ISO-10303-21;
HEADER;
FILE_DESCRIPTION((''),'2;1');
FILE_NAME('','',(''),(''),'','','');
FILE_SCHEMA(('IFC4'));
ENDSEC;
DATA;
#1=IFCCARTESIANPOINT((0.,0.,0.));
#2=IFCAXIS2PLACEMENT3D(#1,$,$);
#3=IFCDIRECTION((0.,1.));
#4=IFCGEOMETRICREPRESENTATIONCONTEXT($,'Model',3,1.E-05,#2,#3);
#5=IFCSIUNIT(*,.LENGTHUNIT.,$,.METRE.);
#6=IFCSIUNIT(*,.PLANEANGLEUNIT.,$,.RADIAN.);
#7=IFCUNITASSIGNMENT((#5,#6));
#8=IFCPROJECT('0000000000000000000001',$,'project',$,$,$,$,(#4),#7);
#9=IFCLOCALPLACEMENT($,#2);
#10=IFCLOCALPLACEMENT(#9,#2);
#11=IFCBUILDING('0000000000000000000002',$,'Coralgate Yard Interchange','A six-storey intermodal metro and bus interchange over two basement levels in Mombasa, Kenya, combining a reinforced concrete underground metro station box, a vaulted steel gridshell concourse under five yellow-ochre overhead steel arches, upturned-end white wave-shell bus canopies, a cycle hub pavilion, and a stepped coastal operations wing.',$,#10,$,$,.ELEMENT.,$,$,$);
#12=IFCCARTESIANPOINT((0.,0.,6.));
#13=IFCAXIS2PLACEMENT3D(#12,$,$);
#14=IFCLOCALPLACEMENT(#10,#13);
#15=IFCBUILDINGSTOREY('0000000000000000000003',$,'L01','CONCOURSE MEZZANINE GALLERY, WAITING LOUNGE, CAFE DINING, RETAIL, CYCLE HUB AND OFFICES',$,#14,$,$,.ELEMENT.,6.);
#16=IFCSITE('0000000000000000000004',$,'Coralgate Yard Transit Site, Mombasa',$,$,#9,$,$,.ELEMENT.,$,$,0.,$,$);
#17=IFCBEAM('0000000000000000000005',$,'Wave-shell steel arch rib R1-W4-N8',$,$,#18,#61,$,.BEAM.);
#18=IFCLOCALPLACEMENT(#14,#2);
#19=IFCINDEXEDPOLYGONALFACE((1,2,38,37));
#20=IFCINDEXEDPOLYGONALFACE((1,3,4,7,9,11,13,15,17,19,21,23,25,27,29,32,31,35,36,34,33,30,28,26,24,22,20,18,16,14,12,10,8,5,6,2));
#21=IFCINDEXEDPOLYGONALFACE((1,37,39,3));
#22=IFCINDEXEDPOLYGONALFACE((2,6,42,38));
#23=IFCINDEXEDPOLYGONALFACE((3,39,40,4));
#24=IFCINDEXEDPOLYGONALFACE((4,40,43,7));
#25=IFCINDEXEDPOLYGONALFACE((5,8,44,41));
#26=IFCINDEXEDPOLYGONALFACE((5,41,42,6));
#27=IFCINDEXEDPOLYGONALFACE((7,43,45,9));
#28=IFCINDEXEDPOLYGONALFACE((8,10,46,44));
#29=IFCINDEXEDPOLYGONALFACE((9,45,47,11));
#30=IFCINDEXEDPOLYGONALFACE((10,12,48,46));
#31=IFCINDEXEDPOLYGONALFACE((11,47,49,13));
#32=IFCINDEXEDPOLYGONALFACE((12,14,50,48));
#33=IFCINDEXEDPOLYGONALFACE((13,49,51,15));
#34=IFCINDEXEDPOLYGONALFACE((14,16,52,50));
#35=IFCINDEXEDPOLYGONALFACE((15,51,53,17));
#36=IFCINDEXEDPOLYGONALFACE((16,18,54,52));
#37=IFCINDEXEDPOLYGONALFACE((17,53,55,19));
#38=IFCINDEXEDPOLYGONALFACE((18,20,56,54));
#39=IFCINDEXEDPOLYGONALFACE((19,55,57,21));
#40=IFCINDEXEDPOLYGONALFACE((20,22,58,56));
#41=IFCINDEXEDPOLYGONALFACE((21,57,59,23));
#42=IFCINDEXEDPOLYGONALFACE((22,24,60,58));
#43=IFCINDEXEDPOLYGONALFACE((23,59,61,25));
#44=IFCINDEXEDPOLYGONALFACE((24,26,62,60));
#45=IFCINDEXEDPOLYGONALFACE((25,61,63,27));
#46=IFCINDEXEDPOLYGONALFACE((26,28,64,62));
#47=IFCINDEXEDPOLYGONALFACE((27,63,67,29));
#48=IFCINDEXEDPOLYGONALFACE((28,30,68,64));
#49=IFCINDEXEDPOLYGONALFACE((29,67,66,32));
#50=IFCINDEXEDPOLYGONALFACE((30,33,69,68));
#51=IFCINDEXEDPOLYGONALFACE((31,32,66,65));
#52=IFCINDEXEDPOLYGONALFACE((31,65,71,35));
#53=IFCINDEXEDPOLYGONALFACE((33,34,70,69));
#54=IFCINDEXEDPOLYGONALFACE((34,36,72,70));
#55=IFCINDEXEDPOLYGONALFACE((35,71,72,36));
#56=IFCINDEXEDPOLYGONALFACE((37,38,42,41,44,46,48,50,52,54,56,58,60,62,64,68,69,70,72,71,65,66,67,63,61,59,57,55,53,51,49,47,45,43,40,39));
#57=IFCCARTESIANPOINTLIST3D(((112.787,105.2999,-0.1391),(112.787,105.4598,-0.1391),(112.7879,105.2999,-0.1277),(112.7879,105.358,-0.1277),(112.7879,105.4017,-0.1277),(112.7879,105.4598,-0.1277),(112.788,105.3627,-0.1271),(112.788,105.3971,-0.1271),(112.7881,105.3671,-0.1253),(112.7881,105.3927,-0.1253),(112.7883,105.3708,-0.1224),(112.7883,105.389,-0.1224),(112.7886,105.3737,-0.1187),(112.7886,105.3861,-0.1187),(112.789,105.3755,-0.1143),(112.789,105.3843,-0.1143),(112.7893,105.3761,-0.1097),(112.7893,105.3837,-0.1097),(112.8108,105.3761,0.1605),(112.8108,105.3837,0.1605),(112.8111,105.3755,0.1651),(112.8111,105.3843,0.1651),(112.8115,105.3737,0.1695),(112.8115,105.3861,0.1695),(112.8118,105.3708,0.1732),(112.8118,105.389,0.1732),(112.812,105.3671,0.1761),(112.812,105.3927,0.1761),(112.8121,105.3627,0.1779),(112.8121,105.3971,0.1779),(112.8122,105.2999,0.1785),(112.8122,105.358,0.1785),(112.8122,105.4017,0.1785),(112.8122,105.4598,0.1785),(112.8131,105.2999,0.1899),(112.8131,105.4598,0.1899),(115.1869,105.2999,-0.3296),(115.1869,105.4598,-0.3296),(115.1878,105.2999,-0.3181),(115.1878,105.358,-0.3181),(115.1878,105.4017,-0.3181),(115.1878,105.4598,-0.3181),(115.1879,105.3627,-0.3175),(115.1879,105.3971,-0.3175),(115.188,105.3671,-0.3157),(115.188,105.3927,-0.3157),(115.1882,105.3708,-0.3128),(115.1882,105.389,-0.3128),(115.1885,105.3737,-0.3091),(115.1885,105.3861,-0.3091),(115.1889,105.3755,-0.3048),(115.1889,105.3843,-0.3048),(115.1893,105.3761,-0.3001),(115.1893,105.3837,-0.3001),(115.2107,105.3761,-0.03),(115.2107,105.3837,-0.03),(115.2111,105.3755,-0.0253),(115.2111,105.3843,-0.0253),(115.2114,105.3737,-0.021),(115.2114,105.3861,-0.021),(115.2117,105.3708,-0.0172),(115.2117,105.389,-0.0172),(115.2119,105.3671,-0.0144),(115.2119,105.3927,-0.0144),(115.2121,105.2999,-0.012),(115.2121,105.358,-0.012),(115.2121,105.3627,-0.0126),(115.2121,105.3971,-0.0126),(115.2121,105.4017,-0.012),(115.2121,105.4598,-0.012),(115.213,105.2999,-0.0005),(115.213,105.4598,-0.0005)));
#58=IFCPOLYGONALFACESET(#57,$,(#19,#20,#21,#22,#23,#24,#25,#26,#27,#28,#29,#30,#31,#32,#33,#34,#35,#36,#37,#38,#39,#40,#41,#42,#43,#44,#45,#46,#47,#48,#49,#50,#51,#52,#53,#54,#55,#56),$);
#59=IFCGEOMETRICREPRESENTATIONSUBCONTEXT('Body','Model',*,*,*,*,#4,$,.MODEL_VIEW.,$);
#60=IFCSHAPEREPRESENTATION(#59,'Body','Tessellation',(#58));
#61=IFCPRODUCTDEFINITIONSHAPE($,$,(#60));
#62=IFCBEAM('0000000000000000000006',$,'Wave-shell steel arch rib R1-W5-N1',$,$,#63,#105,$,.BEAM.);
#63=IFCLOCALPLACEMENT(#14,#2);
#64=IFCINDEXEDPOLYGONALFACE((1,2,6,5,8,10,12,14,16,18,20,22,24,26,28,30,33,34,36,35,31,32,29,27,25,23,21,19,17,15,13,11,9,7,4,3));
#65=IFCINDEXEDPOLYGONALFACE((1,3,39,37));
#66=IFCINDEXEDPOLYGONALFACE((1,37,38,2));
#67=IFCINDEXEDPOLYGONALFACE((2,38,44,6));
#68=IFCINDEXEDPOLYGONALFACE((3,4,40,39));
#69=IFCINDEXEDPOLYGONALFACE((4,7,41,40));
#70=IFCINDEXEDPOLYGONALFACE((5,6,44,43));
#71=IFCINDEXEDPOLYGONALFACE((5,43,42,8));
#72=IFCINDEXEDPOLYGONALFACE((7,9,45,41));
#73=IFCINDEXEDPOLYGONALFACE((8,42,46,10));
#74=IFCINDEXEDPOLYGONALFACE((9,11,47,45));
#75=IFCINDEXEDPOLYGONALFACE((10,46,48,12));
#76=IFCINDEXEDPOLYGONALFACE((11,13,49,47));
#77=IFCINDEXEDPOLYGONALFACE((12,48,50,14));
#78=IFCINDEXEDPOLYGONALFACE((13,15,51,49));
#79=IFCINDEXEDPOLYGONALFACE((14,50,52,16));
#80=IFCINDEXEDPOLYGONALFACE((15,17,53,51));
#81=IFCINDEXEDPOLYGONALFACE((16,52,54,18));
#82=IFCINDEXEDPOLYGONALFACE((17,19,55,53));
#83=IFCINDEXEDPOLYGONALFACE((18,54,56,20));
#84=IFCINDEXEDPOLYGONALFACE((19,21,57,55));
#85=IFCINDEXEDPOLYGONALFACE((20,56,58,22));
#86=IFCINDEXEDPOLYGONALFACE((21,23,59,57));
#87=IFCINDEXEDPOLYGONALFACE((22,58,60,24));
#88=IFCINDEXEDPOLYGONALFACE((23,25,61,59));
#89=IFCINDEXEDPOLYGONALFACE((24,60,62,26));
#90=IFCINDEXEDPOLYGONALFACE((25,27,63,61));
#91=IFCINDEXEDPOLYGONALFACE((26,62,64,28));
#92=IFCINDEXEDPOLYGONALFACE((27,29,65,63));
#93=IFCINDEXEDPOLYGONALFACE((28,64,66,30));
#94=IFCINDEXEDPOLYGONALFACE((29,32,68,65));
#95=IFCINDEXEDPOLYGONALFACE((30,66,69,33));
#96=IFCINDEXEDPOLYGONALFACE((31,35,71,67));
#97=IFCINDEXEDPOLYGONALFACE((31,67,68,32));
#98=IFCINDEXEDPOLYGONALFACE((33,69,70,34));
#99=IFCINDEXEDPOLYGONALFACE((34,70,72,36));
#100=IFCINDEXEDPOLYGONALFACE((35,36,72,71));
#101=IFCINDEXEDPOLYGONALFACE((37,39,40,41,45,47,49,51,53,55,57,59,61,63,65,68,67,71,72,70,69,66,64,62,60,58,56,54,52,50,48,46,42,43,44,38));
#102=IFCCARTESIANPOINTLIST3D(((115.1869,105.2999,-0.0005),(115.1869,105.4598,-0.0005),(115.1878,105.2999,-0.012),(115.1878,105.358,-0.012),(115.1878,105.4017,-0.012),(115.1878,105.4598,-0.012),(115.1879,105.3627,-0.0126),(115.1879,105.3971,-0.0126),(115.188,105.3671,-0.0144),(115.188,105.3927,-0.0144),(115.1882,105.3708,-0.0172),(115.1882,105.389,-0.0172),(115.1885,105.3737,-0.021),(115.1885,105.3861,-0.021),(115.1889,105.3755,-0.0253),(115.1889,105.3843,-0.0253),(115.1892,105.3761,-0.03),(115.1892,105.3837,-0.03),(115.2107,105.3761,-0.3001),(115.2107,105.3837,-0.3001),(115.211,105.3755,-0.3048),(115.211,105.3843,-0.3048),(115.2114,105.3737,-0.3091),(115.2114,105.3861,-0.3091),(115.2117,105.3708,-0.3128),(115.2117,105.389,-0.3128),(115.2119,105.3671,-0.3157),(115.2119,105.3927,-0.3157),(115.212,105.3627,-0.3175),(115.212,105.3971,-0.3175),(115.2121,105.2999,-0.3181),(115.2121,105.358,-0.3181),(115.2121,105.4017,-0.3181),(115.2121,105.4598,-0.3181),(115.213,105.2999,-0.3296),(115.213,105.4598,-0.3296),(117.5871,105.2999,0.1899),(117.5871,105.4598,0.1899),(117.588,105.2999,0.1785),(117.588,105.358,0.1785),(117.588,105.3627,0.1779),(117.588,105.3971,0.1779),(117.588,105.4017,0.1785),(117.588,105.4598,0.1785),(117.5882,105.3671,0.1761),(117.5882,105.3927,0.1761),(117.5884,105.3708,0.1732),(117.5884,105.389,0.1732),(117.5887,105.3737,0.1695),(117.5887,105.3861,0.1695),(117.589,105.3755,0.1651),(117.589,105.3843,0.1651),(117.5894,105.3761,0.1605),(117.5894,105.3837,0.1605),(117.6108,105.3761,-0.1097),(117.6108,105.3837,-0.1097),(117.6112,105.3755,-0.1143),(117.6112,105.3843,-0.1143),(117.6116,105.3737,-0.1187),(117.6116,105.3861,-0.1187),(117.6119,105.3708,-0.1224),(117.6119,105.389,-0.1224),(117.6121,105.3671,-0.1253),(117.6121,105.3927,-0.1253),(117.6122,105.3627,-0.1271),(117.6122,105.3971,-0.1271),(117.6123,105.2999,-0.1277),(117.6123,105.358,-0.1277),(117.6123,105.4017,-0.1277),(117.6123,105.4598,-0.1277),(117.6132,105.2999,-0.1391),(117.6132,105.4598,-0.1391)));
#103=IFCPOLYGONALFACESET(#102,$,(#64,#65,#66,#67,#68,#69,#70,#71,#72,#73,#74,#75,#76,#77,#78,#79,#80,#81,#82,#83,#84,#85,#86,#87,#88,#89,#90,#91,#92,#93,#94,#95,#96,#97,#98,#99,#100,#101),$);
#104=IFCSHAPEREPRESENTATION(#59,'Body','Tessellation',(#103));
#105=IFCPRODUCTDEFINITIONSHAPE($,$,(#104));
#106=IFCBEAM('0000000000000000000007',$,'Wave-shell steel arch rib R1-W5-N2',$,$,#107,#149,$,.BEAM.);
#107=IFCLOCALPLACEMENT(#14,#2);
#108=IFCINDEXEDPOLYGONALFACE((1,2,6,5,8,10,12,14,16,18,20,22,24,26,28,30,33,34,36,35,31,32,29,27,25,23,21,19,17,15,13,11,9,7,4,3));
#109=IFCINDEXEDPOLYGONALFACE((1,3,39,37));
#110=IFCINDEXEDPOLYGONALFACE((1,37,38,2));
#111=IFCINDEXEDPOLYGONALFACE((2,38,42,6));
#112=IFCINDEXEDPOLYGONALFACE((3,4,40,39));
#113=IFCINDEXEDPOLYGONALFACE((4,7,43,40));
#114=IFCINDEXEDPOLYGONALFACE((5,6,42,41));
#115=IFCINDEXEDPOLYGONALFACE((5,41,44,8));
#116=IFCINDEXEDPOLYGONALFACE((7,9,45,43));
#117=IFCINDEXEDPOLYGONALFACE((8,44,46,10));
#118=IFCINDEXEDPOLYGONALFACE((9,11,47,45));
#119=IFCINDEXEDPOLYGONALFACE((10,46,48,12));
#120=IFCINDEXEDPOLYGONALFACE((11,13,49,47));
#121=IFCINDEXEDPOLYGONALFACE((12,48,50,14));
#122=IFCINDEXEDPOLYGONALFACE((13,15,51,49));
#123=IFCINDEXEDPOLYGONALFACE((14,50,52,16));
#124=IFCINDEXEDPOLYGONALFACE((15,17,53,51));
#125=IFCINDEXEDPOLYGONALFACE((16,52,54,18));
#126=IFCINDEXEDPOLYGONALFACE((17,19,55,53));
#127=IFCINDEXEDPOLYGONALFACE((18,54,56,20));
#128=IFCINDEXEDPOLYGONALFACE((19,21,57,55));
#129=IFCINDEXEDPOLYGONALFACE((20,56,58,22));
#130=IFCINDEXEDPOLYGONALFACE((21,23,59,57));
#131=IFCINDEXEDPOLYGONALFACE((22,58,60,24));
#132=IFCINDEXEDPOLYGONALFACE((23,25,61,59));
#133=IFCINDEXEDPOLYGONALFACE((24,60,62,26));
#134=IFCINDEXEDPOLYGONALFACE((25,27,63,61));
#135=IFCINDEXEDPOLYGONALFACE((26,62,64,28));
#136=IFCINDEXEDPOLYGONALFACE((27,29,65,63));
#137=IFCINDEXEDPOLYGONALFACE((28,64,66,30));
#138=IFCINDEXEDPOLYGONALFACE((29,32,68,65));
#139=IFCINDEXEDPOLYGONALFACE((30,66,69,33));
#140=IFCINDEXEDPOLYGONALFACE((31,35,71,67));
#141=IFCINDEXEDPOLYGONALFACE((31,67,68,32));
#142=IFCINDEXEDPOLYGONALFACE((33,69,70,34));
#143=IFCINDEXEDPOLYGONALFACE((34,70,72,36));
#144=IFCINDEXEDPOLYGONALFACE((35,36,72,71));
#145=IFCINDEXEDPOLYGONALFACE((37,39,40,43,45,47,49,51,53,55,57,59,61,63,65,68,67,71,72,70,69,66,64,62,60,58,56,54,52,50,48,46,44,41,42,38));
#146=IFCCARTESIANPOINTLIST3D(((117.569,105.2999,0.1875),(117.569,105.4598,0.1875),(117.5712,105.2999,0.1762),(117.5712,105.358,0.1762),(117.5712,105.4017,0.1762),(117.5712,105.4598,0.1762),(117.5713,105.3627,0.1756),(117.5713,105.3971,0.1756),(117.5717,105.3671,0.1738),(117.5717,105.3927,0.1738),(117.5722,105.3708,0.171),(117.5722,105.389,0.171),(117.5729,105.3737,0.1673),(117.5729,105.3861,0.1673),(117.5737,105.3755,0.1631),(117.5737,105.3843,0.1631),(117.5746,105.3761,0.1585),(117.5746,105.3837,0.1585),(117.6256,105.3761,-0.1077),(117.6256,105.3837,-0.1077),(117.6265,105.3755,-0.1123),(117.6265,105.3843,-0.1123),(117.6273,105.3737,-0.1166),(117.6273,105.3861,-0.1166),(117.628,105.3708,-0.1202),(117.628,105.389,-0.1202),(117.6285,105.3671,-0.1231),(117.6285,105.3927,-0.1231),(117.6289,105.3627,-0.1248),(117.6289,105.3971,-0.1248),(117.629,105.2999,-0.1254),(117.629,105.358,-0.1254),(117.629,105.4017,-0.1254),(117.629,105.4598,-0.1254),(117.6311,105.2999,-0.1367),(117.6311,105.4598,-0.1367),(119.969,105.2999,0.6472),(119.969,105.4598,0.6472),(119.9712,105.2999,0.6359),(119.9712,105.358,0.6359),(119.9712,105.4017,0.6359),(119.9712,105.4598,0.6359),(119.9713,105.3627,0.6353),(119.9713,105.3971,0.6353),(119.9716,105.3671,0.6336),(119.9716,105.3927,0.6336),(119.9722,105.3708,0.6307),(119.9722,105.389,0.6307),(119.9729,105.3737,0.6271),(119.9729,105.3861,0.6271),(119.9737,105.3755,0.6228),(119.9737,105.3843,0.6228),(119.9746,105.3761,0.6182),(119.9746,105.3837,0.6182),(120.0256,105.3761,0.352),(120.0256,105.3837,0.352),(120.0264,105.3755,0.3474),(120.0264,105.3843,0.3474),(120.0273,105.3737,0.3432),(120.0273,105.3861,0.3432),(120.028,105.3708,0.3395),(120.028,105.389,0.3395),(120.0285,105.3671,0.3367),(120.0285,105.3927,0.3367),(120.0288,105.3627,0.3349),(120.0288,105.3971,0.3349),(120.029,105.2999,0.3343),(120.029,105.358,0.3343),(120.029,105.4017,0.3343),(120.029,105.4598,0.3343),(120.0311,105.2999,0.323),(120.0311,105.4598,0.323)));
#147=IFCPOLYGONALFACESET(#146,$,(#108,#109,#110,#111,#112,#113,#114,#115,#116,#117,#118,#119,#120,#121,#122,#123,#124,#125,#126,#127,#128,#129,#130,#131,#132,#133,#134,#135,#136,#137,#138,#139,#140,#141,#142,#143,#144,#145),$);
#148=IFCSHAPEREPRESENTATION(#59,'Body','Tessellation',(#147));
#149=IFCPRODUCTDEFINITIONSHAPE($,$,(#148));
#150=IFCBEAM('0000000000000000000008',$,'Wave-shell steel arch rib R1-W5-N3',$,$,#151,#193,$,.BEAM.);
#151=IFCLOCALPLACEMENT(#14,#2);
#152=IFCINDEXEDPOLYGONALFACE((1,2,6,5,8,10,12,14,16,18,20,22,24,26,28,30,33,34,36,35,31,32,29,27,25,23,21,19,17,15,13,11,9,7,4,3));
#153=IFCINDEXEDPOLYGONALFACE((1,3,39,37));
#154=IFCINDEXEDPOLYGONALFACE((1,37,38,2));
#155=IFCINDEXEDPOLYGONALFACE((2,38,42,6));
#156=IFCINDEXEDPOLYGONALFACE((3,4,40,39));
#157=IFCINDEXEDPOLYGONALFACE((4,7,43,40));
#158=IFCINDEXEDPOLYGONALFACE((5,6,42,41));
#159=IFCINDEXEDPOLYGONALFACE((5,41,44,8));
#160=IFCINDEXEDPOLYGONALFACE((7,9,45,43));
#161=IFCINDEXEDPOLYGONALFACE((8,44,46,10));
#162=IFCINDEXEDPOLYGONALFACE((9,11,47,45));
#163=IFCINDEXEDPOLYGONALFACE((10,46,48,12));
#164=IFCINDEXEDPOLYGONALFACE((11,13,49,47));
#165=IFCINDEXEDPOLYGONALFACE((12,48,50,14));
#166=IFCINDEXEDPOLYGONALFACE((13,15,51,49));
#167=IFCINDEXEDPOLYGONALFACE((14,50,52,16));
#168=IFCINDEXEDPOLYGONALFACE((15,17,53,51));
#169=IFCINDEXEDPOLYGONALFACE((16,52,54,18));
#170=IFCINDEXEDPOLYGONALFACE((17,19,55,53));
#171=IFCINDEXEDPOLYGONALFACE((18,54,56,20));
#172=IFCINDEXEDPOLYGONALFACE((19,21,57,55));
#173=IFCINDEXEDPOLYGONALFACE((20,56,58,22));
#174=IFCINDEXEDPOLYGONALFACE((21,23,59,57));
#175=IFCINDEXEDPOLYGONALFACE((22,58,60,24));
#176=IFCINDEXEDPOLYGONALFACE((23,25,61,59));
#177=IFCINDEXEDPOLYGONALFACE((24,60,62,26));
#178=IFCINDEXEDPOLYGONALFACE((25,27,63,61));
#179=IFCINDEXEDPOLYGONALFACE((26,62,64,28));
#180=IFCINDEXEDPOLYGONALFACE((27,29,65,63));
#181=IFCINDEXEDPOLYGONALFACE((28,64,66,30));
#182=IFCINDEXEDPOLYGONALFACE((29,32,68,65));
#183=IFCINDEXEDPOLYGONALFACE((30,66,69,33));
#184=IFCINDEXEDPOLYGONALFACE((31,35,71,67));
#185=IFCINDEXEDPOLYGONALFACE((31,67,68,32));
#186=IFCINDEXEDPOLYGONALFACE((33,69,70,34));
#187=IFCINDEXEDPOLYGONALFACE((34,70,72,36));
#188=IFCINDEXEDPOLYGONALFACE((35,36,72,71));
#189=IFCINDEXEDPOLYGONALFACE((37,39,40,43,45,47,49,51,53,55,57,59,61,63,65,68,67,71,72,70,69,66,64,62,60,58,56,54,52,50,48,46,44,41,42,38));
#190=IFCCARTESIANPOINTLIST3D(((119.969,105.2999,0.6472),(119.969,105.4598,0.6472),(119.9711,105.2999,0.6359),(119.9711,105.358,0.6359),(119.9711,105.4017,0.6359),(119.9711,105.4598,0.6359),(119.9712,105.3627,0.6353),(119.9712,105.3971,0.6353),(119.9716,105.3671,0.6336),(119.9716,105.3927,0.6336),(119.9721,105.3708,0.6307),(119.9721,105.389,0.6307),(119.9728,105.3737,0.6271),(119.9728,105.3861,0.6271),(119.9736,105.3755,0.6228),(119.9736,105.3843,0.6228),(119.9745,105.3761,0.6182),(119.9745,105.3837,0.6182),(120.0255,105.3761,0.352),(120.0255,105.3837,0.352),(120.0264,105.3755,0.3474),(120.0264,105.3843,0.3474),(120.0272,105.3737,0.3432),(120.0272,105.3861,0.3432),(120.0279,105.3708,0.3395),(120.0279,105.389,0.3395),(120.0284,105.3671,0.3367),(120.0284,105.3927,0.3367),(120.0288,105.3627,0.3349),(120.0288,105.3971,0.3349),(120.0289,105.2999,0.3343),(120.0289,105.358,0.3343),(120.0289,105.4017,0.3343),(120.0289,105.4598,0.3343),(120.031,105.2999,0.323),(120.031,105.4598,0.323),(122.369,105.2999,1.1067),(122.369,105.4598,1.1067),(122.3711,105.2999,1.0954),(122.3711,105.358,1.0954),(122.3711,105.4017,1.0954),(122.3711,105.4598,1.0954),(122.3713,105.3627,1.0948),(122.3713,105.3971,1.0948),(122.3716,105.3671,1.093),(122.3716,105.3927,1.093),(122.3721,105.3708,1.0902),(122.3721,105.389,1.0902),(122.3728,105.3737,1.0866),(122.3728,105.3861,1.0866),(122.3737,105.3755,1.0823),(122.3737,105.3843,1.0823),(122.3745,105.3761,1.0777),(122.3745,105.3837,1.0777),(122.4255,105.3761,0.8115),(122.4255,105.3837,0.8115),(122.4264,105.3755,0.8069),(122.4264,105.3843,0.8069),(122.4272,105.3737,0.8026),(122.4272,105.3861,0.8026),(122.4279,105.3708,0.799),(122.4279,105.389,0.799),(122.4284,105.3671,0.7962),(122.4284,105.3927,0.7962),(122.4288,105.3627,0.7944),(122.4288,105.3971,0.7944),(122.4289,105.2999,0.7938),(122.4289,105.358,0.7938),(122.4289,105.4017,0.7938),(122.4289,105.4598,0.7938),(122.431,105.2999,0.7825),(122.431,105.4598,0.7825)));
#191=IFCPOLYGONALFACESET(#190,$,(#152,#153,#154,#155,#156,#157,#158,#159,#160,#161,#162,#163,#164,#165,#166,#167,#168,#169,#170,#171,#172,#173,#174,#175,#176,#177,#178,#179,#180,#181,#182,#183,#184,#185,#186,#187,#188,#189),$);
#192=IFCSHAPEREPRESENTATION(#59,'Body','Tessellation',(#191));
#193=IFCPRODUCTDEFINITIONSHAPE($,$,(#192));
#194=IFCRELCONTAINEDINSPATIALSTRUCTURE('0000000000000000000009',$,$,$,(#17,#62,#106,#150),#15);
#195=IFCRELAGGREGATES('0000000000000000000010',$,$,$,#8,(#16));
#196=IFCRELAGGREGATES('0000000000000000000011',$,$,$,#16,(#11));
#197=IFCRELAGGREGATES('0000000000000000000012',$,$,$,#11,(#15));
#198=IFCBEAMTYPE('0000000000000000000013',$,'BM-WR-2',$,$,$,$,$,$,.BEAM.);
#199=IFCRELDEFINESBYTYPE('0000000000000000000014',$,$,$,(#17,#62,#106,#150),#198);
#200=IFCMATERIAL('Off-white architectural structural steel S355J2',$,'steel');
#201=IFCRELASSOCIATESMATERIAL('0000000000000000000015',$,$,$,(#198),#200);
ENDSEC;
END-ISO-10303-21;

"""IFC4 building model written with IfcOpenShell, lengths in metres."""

from ifc_helpers import new_model, si_unit, direction, frame, origin, origin_2d, place, context, subcontext, project, spatial, i_section, extrude, material, material_profile, profile_set, type_object, element, save


model = new_model("IFC4")

# Units and contexts
model_context = context("Model", 3, precision=1e-05, world=origin(), true_north=direction((0.0, 1.0)))
body_context = subcontext(model_context, "Body", "Model", "MODEL_VIEW")
ifc_project = project(units=[si_unit("LENGTHUNIT", "METRE"), si_unit("PLANEANGLEUNIT", "RADIAN")], contexts=[model_context])

# Site, building, storey
site_placement = place(None, origin())
site = spatial("IfcSite", under=ifc_project, at=site_placement, Name="Coralgate Yard Transit Site, Mombasa", CompositionType="ELEMENT", RefElevation=0.0)
building_placement = place(site_placement, origin())
building = spatial("IfcBuilding", under=site, at=building_placement, Name="Coralgate Yard Interchange", Description="A six-storey intermodal metro and bus interchange over two basement levels in Mombasa, Kenya, combining a reinforced concrete underground metro station box, a vaulted steel gridshell concourse under five yellow-ochre overhead steel arches, upturned-end white wave-shell bus canopies, a cycle hub pavilion, and a stepped coastal operations wing.", CompositionType="ELEMENT")
storey_placement = place(building_placement, frame((0.0, 0.0, 6.0)))
storey = spatial("IfcBuildingStorey", under=building, at=storey_placement, Name="L01", Description="CONCOURSE MEZZANINE GALLERY, WAITING LOUNGE, CAFE DINING, RETAIL, CYCLE HUB AND OFFICES", CompositionType="ELEMENT", Elevation=6.0)

# Beams
ifc_material_1 = material(Name="Off-white architectural structural steel S355J2", Category="steel")
ifc_material_profile_1 = material_profile(ifc_material_1, i_section(OverallWidth=0.1599, OverallDepth=0.3301, WebThickness=0.0076, FlangeThickness=0.0115, FilletRadius=0.0181, at=origin_2d()), Name="IPE 330")
ifc_profile_set_1 = profile_set([ifc_material_profile_1], Name="Off-white architectural structural steel S355J2")
beam_type_1 = type_object("IfcBeamType", Name="BM-WR-2", PredefinedType="BEAM", material=ifc_profile_set_1)
beam_1_placement = place(storey_placement, frame((112.8, 105.3799, 0.0254), z_axis=(0.996867, 0.0, -0.0791), x_axis=(0.0, 1.0, 0.0)))
element("IfcBeam", 1, at=beam_1_placement, inside=storey, type_object=beam_type_1, Name="Wave-shell steel arch rib R1-W4-N8", PredefinedType="BEAM", context=body_context, shape_type="SweptSolid", body=[
    extrude(i_section(OverallWidth=0.1599, OverallDepth=0.3301, WebThickness=0.0076, FlangeThickness=0.0115, FilletRadius=0.0181, at=origin_2d()), origin(), (0.0, 0.0, 1.0), 2.4075),
])
beam_2_placement = place(storey_placement, frame((115.2, 105.3799, -0.165), z_axis=(0.996867, 0.0, 0.079092), x_axis=(0.0, 1.0, 0.0)))
element("IfcBeam", 2, at=beam_2_placement, inside=storey, type_object=beam_type_1, Name="Wave-shell steel arch rib R1-W5-N1", PredefinedType="BEAM", context=body_context, shape_type="SweptSolid", body=[
    extrude(i_section(OverallWidth=0.1599, OverallDepth=0.3301, WebThickness=0.0076, FlangeThickness=0.0115, FilletRadius=0.0181, at=origin_2d()), origin(), (0.0, 0.0, 1.0), 2.4077),
])
for number, where, z_axis, x_axis, name in (
    (3, (117.6001, 105.3799, 0.0254), (0.982143, 0.0, 0.188136), (0.0, 1.0, 0.0), "Wave-shell steel arch rib R1-W5-N2"),
    (4, (120.0, 105.3799, 0.4851), (0.982161, 0.0, 0.188039), (0.0, 1.0, 0.0), "Wave-shell steel arch rib R1-W5-N3"),
):
    element("IfcBeam", number, at=place(storey_placement, frame(where, z_axis=z_axis, x_axis=x_axis)), inside=storey, type_object=beam_type_1, Name=name, PredefinedType="BEAM", context=body_context, shape_type="SweptSolid", body=[
        extrude(i_section(OverallWidth=0.1599, OverallDepth=0.3301, WebThickness=0.0076, FlangeThickness=0.0115, FilletRadius=0.0181, at=origin_2d()), origin(), (0.0, 0.0, 1.0), 2.4436),
    ])

save(model, "model.ifc")
